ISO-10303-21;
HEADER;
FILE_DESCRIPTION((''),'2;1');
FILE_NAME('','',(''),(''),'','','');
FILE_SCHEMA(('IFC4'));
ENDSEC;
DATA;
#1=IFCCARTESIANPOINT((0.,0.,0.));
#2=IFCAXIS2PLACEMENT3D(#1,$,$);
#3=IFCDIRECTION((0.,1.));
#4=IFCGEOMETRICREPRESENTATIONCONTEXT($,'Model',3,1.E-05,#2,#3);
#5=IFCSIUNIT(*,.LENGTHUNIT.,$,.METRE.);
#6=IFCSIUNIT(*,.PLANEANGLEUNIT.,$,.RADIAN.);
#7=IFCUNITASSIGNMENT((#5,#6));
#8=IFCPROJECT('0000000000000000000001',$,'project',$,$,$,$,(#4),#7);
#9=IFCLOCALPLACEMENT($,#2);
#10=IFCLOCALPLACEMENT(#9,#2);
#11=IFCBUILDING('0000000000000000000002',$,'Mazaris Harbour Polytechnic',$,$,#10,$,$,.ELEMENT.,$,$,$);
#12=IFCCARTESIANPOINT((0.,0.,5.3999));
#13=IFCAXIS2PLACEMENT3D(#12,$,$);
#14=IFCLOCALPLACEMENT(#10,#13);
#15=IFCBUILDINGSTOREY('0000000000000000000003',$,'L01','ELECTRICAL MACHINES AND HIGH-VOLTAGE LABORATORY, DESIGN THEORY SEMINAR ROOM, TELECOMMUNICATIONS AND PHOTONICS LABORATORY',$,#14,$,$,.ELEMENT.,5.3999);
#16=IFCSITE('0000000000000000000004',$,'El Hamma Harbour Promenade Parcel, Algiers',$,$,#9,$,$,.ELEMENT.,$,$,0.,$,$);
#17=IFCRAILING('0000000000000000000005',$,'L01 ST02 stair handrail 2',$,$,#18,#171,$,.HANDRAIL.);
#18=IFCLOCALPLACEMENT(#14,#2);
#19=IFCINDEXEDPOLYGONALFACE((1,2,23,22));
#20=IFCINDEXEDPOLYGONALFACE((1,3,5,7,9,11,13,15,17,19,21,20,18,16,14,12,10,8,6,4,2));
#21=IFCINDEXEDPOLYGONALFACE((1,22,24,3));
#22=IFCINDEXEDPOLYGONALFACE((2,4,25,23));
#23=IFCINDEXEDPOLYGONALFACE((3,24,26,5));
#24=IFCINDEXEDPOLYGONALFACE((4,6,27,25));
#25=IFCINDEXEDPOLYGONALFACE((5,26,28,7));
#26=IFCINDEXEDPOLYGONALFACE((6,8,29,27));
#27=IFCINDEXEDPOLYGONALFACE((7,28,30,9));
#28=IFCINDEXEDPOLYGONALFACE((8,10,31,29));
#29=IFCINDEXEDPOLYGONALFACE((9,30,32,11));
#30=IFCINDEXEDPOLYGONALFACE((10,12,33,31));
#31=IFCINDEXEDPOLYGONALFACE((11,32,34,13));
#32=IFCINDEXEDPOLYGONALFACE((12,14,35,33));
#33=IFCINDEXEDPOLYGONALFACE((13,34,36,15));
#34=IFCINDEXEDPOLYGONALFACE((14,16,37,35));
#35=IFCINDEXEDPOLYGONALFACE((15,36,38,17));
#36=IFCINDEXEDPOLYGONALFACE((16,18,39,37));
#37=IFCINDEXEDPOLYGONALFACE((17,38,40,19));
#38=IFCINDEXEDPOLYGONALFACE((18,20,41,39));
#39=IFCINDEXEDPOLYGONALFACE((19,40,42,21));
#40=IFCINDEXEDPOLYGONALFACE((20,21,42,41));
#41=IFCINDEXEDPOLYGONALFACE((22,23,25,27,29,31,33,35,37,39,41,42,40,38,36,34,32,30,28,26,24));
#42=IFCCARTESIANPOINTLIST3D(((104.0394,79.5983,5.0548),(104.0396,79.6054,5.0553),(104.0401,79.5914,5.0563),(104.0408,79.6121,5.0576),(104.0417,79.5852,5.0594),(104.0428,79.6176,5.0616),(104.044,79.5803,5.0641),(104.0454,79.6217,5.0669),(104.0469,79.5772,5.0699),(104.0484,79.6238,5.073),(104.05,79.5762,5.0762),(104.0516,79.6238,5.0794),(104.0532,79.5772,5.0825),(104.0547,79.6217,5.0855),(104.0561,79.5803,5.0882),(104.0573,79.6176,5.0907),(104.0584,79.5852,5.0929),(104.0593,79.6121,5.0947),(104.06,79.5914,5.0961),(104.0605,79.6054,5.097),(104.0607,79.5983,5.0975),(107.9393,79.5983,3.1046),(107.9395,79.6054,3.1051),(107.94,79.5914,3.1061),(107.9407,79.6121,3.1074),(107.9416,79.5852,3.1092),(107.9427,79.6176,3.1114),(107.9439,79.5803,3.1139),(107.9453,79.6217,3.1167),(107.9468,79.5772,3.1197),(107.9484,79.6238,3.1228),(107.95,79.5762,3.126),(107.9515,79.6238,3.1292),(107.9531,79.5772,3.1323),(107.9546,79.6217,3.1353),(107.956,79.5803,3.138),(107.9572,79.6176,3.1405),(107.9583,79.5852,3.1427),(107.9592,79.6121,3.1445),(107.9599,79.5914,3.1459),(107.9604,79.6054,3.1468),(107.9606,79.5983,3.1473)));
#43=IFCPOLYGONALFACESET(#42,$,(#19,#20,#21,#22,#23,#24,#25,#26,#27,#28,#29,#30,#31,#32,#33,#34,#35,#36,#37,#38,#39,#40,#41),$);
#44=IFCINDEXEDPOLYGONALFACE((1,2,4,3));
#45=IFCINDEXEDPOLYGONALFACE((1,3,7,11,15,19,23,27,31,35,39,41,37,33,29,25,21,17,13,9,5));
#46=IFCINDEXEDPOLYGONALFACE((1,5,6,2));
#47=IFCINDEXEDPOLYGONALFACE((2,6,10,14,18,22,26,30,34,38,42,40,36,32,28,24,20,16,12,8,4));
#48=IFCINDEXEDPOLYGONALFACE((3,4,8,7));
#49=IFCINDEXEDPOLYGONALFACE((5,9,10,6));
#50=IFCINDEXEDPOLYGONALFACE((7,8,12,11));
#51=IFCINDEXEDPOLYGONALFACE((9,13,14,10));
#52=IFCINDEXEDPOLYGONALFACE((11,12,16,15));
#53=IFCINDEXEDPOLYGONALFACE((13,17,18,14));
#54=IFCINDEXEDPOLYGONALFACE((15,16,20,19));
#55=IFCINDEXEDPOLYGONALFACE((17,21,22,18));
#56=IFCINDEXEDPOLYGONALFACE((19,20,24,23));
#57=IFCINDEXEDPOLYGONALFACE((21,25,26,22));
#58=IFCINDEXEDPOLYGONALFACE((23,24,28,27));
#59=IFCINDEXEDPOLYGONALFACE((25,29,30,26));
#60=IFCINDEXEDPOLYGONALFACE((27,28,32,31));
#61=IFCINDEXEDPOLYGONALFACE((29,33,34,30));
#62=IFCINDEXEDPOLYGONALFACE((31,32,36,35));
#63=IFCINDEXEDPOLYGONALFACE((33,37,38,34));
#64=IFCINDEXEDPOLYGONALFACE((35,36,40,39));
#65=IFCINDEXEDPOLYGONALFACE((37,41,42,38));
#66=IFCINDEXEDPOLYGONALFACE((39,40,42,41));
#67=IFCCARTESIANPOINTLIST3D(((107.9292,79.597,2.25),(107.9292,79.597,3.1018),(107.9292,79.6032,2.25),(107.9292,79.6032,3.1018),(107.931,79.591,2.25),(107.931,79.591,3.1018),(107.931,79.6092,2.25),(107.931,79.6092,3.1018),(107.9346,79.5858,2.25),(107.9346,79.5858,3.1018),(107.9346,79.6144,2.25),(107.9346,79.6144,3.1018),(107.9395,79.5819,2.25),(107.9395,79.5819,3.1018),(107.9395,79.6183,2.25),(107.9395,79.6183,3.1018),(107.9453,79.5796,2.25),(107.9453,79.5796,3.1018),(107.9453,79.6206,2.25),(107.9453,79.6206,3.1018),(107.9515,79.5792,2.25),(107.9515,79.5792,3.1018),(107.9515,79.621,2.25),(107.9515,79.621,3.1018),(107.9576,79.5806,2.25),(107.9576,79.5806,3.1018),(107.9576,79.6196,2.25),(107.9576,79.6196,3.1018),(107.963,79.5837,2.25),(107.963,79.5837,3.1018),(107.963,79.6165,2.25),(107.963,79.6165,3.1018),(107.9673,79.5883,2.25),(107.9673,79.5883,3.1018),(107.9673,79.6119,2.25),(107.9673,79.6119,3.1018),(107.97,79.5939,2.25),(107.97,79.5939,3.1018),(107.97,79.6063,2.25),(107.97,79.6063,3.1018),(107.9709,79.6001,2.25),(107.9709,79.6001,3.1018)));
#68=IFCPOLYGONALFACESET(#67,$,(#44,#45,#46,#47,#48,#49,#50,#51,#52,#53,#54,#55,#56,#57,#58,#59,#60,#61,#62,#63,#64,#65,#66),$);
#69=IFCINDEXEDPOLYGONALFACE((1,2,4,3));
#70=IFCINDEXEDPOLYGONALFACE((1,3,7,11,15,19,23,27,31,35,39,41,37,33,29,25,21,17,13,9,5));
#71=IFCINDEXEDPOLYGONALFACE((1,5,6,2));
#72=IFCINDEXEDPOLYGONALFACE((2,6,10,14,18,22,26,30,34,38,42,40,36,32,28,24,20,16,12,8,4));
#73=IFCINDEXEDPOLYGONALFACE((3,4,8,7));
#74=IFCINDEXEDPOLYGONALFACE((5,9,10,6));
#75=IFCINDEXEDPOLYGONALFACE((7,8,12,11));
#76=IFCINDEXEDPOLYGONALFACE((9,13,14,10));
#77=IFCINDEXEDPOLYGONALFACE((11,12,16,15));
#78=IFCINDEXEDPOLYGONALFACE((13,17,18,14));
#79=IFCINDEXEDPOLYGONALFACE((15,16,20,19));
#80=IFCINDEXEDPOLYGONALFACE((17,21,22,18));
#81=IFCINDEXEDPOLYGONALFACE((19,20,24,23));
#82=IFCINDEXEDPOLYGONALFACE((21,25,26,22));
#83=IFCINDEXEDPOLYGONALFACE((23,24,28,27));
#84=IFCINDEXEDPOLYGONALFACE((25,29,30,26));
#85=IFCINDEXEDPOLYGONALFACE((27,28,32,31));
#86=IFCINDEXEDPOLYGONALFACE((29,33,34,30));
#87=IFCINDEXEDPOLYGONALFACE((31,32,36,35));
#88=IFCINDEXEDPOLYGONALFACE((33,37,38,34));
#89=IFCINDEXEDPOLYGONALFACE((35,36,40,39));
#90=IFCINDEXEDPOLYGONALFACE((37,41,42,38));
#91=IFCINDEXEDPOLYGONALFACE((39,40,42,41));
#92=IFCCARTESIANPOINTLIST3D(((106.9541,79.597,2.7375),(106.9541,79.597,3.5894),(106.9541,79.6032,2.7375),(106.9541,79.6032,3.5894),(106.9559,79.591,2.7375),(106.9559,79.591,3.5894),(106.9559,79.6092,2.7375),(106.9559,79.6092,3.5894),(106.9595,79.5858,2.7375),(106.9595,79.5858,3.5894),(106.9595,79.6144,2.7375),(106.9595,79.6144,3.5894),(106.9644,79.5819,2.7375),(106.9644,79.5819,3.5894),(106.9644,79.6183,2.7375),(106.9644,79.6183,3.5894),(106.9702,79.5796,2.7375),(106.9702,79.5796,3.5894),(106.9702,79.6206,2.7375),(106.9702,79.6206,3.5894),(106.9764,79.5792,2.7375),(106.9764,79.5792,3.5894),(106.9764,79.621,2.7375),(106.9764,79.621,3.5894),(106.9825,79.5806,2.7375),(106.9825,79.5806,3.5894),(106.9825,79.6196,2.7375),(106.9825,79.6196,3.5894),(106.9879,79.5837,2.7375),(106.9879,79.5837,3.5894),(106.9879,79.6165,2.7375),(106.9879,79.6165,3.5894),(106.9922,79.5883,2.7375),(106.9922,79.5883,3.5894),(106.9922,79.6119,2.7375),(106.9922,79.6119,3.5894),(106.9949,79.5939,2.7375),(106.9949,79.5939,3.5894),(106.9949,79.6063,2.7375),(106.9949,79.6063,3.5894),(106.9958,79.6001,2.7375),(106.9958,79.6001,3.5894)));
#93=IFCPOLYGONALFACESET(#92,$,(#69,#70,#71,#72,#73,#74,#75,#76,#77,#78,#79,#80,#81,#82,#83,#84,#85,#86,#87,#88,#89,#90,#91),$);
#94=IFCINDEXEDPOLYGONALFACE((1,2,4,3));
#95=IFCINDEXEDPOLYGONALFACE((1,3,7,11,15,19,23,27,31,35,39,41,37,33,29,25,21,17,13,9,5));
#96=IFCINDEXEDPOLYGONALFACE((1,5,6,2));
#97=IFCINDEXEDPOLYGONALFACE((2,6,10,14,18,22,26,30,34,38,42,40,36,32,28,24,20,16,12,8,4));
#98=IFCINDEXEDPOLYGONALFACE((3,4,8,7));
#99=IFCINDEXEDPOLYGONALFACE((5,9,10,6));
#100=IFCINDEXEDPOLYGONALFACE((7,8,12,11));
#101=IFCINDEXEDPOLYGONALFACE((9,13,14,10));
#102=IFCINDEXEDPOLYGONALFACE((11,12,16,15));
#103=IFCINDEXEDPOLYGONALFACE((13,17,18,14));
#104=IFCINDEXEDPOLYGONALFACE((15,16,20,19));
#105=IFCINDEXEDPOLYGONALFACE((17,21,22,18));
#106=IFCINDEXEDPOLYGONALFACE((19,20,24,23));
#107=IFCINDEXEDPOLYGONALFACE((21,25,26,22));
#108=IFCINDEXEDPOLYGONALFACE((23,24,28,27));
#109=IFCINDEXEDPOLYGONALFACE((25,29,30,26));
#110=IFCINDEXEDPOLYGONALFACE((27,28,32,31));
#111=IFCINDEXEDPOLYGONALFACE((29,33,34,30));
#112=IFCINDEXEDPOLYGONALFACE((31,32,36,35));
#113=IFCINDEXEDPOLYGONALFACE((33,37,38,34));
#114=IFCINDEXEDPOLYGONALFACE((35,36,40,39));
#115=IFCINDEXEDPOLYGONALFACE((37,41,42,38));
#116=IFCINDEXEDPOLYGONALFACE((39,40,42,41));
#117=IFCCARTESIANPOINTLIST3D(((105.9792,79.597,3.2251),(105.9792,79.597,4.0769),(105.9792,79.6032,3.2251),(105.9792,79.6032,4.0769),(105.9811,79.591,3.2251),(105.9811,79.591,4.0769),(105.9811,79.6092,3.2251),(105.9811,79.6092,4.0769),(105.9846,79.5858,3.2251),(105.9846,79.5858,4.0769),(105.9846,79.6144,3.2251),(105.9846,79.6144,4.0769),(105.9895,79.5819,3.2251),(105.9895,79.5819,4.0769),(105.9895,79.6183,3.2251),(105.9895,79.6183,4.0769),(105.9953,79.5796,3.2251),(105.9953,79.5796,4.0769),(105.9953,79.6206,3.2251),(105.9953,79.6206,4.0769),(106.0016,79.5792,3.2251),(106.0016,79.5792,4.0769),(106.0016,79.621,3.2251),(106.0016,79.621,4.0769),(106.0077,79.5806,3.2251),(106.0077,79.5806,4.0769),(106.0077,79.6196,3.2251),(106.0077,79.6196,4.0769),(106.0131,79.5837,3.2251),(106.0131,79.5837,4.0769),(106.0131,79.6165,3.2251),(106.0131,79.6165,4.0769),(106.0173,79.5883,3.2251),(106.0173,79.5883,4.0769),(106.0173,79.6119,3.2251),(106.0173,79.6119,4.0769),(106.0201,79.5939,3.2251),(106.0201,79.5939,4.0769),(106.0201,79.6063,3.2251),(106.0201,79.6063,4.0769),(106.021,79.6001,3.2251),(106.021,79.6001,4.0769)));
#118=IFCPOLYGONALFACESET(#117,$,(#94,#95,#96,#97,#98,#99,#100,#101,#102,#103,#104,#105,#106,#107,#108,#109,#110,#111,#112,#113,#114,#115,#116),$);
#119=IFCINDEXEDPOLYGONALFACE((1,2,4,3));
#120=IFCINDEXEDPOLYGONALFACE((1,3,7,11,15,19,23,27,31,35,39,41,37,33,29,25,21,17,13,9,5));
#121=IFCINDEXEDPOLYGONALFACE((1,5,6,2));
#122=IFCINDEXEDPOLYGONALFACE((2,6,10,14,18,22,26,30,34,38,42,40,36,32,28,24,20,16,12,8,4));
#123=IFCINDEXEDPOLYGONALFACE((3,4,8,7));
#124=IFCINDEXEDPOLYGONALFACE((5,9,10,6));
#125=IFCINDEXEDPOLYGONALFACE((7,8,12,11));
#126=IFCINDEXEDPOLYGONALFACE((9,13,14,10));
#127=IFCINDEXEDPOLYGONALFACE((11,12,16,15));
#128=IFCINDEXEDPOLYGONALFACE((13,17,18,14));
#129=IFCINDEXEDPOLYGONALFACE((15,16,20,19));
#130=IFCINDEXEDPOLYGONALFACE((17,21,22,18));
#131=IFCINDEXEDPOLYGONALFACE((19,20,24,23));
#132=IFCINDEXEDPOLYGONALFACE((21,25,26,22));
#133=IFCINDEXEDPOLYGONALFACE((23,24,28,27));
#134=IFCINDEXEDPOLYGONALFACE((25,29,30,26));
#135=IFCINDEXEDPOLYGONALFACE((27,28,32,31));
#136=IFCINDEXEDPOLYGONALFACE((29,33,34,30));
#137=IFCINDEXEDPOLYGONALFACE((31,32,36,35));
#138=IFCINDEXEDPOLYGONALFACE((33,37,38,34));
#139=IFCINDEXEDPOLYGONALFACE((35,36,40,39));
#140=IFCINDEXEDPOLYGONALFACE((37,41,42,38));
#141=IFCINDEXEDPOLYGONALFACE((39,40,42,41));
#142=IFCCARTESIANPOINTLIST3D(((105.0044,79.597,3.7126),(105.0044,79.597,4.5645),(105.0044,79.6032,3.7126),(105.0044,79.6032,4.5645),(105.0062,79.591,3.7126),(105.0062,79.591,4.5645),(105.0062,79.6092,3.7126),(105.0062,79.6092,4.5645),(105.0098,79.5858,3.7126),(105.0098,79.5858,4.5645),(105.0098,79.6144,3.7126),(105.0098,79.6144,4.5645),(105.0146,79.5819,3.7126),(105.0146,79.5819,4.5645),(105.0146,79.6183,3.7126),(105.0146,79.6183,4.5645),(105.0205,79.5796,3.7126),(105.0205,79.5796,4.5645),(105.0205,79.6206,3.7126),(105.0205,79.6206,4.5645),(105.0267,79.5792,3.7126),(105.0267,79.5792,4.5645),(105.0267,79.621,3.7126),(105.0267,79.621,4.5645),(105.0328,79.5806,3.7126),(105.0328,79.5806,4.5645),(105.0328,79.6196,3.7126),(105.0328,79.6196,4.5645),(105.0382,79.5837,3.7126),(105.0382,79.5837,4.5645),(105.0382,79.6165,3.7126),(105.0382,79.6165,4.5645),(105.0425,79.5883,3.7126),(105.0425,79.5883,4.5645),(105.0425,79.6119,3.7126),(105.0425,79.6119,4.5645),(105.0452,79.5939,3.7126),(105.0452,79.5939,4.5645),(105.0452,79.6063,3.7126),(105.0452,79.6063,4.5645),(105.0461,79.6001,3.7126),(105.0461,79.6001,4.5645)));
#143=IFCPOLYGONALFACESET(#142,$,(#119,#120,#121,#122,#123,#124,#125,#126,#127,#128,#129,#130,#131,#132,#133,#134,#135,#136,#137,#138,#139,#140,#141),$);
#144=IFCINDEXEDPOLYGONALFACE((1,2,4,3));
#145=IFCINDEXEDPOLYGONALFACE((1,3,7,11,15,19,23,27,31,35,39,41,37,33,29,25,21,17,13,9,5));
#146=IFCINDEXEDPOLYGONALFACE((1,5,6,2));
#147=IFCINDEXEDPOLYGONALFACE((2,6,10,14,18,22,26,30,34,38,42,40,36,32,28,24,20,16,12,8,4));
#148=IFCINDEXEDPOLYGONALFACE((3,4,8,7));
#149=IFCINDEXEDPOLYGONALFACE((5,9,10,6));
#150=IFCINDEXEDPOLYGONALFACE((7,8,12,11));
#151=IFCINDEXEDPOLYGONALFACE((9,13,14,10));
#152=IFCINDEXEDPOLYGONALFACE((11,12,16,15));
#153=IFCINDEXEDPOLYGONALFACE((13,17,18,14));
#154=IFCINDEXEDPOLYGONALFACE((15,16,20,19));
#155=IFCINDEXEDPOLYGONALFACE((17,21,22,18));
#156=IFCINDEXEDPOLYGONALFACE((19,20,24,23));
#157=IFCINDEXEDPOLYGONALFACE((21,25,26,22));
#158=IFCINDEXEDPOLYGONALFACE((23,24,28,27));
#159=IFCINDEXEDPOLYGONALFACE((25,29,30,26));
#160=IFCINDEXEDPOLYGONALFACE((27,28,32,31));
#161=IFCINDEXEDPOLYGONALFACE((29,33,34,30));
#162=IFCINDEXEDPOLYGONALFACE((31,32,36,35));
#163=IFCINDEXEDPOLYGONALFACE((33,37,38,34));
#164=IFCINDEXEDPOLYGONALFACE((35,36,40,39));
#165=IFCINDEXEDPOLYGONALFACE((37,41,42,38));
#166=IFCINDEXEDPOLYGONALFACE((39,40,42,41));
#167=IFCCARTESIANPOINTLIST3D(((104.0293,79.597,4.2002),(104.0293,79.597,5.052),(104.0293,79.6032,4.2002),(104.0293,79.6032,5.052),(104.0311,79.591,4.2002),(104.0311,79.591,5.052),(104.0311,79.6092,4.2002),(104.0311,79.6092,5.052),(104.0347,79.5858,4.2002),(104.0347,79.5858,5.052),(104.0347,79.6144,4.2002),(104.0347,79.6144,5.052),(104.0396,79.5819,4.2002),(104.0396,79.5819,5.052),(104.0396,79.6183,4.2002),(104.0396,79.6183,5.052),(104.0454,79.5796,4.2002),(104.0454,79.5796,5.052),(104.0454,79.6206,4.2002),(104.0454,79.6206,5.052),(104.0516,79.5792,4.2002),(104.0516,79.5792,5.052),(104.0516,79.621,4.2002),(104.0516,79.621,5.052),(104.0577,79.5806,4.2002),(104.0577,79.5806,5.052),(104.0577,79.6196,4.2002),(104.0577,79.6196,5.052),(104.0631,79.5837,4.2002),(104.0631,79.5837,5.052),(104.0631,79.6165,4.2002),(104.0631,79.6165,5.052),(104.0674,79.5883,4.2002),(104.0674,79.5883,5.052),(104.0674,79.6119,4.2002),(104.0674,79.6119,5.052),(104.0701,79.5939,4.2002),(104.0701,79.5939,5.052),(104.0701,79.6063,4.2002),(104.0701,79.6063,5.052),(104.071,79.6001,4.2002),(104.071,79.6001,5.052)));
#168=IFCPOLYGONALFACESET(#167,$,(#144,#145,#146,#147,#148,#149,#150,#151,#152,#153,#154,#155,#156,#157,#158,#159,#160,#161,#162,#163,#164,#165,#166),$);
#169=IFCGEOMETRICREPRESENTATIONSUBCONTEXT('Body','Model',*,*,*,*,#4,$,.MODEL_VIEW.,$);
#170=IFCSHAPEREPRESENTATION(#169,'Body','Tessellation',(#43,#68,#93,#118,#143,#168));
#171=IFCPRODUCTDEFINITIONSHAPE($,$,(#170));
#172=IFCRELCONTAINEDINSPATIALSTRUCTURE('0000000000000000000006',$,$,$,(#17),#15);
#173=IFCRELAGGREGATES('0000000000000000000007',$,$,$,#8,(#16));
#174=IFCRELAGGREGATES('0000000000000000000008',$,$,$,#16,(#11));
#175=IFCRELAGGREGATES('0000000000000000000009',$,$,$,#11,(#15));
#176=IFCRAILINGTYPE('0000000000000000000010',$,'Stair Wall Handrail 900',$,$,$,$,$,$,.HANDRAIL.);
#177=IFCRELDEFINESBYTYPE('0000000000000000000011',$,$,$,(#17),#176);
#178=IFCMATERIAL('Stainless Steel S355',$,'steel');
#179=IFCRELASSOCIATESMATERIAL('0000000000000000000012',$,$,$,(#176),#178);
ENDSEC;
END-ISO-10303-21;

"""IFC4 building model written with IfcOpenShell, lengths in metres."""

from ifc_helpers import new_model, si_unit, direction, frame, origin, origin_2d, place, context, subcontext, project, spatial, circle, extrude, material, type_object, element, save


model = new_model("IFC4")

# Units and contexts
model_context = context("Model", 3, precision=1e-05, world=origin(), true_north=direction((0.0, 1.0)))
body_context = subcontext(model_context, "Body", "Model", "MODEL_VIEW")
ifc_project = project(units=[si_unit("LENGTHUNIT", "METRE"), si_unit("PLANEANGLEUNIT", "RADIAN")], contexts=[model_context])

# Site, building, storey
site_placement = place(None, origin())
site = spatial("IfcSite", under=ifc_project, at=site_placement, Name="El Hamma Harbour Promenade Parcel, Algiers", CompositionType="ELEMENT", RefElevation=0.0)
building_placement = place(site_placement, origin())
building = spatial("IfcBuilding", under=site, at=building_placement, Name="Mazaris Harbour Polytechnic", CompositionType="ELEMENT")
storey_placement = place(building_placement, frame((0.0, 0.0, 5.3999)))
storey = spatial("IfcBuildingStorey", under=building, at=storey_placement, Name="L01", Description="ELECTRICAL MACHINES AND HIGH-VOLTAGE LABORATORY, DESIGN THEORY SEMINAR ROOM, TELECOMMUNICATIONS AND PHOTONICS LABORATORY", CompositionType="ELEMENT", Elevation=5.3999)

# Railing
ifc_material_1 = material(Name="Stainless Steel S355", Category="steel")
railing_type_1 = type_object("IfcRailingType", Name="Stair Wall Handrail 900", PredefinedType="HANDRAIL", material=ifc_material_1)
railing_1_placement = place(storey_placement, frame((107.95, 79.6001, 2.25)))
element("IfcRailing", 1, at=railing_1_placement, inside=storey, type_object=railing_type_1, Name="L01 ST02 stair handrail 2", PredefinedType="HANDRAIL", context=body_context, shape_type="SweptSolid", body=[
    extrude(circle(Radius=0.0239, at=origin_2d()), frame((0.0, 0.0, 0.876), z_axis=(-0.894405, 0.0, 0.447258), x_axis=(0.0, -1.0, 0.0)), (0.0, 0.0, 1.0), 4.3604),
    extrude(circle(Radius=0.021, at=origin_2d()), origin(), (0.0, 0.0, 1.0), 0.8518),
    extrude(circle(Radius=0.021, at=origin_2d()), frame((-0.9751, 0.0, 0.4875)), (0.0, 0.0, 1.0), 0.8518),
    extrude(circle(Radius=0.021, at=origin_2d()), frame((-1.95, 0.0, 0.9751)), (0.0, 0.0, 1.0), 0.8518),
    extrude(circle(Radius=0.021, at=origin_2d()), frame((-2.9248, 0.0, 1.4626)), (0.0, 0.0, 1.0), 0.8518),
    extrude(circle(Radius=0.021, at=origin_2d()), frame((-3.8999, 0.0, 1.9502)), (0.0, 0.0, 1.0), 0.8518),
])

save(model, "model.ifc")
